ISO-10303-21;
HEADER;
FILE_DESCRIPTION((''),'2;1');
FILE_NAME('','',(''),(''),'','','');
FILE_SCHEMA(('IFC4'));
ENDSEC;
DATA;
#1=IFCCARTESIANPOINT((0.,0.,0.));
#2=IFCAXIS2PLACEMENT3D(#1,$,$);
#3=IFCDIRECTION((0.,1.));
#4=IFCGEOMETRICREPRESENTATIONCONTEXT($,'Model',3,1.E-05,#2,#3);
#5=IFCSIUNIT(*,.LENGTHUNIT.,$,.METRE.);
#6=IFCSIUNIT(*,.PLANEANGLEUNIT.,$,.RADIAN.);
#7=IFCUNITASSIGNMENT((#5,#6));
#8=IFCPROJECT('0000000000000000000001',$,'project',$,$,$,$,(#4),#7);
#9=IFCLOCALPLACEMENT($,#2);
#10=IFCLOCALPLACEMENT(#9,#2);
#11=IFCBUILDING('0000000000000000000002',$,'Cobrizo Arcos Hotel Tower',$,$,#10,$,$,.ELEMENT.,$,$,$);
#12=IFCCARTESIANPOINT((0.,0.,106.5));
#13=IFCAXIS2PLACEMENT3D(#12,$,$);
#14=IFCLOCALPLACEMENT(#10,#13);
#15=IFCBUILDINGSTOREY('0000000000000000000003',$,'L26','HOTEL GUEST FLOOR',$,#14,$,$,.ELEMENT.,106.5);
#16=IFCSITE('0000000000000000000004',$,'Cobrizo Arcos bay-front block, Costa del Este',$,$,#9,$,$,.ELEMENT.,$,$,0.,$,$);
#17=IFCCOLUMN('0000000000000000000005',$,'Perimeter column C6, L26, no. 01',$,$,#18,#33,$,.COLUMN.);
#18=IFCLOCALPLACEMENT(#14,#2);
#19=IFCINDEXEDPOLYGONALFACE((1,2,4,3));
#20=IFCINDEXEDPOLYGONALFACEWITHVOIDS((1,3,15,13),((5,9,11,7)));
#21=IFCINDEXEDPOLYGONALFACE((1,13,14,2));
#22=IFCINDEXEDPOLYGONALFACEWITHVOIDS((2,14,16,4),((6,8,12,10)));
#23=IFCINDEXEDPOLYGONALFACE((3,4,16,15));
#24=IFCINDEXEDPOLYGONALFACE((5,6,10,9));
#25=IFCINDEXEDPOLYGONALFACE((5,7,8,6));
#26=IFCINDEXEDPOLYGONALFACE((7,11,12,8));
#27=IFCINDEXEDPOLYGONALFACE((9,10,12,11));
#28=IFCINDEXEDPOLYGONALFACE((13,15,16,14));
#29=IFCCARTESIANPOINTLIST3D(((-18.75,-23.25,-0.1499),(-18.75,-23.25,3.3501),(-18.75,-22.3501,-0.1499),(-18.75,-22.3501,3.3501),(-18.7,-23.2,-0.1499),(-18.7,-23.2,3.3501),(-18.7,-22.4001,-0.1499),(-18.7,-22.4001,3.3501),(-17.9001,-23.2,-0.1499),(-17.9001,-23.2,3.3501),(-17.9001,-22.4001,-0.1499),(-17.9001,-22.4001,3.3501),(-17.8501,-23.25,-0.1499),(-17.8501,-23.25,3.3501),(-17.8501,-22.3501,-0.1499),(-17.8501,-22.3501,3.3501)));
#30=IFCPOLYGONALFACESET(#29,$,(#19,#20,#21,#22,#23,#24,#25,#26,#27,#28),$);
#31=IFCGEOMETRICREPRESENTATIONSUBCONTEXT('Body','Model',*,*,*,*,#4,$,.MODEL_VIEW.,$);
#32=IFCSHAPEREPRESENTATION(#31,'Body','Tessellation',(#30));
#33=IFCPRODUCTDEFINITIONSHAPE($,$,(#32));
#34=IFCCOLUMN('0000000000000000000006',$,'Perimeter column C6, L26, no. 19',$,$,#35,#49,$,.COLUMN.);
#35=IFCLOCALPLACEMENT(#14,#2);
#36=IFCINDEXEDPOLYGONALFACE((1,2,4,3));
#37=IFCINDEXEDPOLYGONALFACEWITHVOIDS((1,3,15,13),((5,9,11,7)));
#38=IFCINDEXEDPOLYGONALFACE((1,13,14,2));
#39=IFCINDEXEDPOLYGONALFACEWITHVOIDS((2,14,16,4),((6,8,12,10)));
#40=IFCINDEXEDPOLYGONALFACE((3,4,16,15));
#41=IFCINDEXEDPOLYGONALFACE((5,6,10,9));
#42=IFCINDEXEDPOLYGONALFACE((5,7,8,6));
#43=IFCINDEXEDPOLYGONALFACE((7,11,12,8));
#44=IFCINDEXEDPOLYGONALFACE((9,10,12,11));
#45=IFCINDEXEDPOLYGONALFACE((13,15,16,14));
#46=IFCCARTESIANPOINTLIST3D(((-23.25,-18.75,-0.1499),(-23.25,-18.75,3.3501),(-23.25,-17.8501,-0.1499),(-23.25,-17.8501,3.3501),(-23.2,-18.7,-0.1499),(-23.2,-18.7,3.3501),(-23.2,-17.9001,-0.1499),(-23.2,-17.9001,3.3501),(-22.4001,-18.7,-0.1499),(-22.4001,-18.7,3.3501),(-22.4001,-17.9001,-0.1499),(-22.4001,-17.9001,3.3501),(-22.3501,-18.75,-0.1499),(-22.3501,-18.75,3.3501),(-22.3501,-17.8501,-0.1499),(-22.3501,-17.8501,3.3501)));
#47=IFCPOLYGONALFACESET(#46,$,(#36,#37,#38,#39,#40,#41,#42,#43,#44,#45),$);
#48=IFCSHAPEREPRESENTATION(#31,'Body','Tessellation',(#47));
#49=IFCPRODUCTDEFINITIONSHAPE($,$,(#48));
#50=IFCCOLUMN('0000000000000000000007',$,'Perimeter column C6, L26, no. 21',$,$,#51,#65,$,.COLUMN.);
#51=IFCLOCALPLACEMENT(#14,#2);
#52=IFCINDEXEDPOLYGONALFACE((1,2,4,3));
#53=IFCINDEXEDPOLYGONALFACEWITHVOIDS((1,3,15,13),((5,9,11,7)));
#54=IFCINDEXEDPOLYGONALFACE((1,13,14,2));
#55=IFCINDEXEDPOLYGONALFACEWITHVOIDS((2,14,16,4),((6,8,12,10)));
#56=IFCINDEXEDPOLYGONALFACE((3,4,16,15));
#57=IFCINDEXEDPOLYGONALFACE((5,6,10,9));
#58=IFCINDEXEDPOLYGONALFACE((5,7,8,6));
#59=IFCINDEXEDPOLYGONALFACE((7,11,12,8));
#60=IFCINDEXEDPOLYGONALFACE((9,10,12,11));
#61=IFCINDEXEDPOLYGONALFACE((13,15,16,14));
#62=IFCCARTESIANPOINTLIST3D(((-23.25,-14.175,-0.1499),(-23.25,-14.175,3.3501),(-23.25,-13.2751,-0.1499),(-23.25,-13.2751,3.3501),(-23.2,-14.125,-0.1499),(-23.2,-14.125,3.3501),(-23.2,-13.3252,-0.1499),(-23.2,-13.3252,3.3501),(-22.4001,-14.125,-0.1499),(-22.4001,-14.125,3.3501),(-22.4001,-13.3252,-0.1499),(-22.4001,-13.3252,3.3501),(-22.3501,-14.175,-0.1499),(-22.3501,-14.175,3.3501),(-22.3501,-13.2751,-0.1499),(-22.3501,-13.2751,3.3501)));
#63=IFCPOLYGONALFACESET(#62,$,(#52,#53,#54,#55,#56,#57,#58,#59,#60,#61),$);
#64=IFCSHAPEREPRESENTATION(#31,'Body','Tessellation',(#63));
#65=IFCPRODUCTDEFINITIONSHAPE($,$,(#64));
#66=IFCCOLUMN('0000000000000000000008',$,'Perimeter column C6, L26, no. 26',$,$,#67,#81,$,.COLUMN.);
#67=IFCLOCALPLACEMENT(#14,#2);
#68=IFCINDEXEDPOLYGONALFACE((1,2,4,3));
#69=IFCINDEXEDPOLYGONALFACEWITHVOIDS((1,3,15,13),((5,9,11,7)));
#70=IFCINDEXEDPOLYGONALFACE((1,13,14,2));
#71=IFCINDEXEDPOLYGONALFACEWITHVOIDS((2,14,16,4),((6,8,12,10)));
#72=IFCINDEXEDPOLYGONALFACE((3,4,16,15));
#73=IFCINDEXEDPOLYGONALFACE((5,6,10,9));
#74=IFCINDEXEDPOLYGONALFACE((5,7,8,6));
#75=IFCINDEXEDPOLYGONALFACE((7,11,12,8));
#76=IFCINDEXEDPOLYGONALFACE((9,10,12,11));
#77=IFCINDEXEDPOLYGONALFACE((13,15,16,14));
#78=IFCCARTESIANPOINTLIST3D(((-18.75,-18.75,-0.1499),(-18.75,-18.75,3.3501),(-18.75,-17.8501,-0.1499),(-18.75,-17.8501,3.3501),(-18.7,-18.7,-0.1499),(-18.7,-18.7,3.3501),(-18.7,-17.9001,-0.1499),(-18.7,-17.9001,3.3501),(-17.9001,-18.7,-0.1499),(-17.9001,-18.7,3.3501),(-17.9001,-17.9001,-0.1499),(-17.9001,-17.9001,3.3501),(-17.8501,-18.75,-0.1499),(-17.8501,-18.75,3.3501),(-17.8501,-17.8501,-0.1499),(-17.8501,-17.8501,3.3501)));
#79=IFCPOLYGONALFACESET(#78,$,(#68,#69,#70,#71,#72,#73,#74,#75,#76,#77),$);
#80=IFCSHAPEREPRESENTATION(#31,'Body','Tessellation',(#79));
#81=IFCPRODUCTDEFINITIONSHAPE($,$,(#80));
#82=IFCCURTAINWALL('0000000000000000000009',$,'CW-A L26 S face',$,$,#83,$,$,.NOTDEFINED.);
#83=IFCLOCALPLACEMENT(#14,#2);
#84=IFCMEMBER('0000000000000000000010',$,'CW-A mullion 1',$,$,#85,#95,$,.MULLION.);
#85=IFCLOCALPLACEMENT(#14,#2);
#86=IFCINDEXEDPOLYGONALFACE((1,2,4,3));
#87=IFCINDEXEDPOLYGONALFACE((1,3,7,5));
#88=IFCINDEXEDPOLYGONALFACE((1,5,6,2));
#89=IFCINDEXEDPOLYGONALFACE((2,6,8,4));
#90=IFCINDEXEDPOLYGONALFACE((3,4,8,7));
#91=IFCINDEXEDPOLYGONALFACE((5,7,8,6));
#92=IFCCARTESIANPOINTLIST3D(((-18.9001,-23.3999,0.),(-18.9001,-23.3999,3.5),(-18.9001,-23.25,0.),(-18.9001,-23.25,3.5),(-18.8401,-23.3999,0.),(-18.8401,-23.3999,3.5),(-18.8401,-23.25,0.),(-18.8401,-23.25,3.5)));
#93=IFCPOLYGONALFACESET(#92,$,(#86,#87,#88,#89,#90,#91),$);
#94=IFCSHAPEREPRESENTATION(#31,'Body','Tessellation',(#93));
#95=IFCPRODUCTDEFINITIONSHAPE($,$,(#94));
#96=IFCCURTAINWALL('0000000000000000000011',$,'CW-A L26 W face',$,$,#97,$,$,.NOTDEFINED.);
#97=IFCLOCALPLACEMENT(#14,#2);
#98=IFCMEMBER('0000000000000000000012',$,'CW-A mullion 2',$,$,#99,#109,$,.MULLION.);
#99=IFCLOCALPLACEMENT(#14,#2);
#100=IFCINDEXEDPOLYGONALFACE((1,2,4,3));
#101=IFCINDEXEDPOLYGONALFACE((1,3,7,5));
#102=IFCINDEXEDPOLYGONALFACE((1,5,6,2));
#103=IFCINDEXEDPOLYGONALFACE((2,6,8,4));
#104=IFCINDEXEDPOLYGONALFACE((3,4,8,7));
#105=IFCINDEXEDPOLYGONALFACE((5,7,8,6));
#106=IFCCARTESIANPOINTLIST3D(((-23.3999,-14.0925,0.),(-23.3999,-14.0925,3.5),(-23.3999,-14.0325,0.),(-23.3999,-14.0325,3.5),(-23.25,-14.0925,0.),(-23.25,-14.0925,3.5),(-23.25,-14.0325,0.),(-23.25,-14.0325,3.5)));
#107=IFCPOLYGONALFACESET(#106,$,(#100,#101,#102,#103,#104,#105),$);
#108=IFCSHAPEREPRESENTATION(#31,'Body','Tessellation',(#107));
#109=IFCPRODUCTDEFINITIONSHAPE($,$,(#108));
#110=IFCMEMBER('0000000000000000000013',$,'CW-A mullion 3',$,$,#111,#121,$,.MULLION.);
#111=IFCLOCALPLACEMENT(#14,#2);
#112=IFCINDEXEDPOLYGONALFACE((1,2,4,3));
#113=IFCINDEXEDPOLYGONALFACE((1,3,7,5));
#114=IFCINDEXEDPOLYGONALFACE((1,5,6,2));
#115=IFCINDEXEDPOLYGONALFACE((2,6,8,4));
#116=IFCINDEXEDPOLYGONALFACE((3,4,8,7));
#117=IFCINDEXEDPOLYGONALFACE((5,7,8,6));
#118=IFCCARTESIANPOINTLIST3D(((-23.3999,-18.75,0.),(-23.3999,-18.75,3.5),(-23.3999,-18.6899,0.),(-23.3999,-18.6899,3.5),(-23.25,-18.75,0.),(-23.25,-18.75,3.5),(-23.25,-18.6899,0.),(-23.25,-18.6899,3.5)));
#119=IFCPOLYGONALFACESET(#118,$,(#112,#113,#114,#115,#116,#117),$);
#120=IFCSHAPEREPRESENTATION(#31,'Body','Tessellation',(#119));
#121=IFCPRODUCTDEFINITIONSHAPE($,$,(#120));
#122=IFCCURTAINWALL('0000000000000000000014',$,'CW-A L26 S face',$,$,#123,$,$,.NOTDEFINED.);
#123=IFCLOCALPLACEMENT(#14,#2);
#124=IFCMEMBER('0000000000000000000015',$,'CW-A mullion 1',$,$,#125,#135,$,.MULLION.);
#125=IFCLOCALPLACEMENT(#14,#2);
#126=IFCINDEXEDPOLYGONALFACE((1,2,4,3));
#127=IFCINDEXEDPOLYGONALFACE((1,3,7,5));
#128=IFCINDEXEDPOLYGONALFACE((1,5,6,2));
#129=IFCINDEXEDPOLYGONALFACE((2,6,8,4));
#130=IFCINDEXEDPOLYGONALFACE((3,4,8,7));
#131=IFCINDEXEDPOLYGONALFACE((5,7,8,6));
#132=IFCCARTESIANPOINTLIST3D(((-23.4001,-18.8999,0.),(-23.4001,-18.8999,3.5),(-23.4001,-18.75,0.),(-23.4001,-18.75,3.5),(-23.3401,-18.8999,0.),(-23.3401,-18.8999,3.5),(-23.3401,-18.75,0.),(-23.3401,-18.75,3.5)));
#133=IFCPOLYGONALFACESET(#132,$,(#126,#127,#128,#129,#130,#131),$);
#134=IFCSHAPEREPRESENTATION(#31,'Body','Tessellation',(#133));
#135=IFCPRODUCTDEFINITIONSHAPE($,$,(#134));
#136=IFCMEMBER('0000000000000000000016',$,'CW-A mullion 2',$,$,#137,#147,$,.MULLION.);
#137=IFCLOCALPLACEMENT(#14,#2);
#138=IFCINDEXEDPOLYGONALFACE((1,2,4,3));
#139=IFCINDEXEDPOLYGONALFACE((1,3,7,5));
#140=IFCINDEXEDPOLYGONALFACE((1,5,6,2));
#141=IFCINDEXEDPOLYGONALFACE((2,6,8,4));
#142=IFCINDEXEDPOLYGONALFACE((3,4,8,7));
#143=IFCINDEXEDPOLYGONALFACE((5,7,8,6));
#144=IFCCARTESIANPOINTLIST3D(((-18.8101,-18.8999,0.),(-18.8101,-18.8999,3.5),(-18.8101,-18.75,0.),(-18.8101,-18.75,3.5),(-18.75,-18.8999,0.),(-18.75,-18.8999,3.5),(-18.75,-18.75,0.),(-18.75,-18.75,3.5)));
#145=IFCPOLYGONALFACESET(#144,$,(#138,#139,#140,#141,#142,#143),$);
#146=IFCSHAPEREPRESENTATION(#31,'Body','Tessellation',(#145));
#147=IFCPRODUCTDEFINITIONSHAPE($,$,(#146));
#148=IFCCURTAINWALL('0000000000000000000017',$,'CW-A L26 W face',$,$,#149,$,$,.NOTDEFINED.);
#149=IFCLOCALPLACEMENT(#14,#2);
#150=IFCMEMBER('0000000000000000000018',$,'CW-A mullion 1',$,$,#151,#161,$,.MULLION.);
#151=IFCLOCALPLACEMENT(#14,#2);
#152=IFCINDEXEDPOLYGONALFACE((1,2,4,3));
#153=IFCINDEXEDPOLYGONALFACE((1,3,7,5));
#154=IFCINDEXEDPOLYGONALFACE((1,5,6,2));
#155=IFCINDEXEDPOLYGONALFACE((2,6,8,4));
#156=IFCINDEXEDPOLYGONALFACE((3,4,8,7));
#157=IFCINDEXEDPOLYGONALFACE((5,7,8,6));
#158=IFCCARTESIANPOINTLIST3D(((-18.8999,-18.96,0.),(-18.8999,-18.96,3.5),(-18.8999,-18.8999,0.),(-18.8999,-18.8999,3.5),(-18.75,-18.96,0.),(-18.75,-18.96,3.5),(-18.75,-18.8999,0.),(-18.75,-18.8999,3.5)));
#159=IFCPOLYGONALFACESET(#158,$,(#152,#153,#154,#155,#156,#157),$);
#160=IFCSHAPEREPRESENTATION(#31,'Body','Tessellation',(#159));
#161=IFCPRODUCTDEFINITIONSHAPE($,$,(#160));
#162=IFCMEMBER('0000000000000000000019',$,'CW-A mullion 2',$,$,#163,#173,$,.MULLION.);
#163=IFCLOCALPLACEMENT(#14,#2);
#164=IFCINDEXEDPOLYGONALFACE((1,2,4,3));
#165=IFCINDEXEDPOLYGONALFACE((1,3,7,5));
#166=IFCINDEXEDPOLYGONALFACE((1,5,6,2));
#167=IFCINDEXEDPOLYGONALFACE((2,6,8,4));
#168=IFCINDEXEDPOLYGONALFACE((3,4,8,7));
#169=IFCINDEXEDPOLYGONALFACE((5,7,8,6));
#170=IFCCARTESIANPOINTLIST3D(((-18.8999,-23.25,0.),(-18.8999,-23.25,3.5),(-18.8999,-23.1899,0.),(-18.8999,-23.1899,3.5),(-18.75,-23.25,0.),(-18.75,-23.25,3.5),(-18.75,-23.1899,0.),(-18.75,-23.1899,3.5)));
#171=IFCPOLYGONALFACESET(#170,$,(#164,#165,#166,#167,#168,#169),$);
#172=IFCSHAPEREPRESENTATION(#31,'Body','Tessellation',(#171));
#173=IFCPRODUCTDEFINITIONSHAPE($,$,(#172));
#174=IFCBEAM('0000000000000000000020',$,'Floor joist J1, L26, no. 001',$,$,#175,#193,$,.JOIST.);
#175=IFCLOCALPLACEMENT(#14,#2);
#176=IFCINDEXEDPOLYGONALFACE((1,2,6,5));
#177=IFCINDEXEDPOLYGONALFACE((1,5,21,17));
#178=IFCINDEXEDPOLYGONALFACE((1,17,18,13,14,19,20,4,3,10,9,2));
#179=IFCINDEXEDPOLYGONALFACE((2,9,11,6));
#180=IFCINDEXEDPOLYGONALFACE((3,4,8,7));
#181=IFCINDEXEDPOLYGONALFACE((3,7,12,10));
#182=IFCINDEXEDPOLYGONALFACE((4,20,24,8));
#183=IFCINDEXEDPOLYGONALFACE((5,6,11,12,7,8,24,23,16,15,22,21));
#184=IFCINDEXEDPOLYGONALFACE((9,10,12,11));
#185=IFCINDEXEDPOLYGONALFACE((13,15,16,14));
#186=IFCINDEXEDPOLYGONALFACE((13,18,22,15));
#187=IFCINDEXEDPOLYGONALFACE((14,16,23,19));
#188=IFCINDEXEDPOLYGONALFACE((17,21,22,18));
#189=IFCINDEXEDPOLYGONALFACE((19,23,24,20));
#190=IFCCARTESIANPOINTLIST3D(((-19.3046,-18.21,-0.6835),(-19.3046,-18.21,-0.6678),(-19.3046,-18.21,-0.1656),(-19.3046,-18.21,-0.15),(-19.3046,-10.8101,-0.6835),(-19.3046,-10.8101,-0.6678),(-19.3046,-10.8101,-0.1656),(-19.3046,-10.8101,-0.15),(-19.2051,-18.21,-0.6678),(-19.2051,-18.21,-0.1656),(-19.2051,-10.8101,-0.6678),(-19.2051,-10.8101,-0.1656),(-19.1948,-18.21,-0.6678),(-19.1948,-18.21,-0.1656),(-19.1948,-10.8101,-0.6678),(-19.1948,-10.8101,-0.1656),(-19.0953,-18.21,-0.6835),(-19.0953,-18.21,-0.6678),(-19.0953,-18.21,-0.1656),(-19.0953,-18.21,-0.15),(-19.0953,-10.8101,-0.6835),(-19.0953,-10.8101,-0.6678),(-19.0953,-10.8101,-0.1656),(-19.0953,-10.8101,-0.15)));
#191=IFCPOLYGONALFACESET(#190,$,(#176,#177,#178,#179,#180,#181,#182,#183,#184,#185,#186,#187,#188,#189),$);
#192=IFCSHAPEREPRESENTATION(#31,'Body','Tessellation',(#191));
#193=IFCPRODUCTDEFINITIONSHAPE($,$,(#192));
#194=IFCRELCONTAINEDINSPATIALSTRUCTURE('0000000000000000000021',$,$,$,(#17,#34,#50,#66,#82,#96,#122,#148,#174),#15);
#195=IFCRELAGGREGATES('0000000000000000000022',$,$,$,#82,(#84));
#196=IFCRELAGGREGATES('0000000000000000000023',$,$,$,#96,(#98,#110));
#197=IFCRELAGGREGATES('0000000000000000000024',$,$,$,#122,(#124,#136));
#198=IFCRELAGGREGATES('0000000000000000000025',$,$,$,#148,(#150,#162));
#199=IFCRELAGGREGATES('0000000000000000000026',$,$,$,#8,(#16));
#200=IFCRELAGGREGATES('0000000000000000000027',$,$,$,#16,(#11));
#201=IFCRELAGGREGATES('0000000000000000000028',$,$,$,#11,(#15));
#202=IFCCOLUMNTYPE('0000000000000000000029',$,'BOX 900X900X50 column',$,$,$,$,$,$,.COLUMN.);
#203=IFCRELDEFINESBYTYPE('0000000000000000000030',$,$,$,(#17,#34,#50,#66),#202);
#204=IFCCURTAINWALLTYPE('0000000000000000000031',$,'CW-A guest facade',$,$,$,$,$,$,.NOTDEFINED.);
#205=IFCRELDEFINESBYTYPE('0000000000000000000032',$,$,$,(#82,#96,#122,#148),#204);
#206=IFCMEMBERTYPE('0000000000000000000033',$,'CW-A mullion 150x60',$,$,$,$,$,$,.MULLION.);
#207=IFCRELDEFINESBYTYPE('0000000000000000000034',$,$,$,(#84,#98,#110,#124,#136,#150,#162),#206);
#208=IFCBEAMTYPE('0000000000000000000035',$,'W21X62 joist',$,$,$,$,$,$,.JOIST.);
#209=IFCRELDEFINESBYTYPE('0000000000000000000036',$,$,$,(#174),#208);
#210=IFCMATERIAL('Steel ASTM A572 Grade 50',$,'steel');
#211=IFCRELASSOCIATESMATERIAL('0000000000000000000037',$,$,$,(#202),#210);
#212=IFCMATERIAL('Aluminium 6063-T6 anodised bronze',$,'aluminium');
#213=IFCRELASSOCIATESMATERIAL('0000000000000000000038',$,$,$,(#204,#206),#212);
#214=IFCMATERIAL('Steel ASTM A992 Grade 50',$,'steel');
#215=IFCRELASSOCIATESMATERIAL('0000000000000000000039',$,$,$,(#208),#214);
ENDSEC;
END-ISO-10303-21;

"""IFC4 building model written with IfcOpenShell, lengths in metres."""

from ifc_helpers import new_model, si_unit, direction, frame, origin, origin_2d, place, context, subcontext, project, spatial, rectangle, hollow_rectangle, i_section, extrude, material, material_profile, profile_set, type_object, element, aggregate, save


model = new_model("IFC4")

# Units and contexts
model_context = context("Model", 3, precision=1e-05, world=origin(), true_north=direction((0.0, 1.0)))
body_context = subcontext(model_context, "Body", "Model", "MODEL_VIEW")
ifc_project = project(units=[si_unit("LENGTHUNIT", "METRE"), si_unit("PLANEANGLEUNIT", "RADIAN")], contexts=[model_context])

# Site, building, storey
site_placement = place(None, origin())
site = spatial("IfcSite", under=ifc_project, at=site_placement, Name="Cobrizo Arcos bay-front block, Costa del Este", CompositionType="ELEMENT", RefElevation=0.0)
building_placement = place(site_placement, origin())
building = spatial("IfcBuilding", under=site, at=building_placement, Name="Cobrizo Arcos Hotel Tower", CompositionType="ELEMENT")
storey_placement = place(building_placement, frame((0.0, 0.0, 106.5)))
storey = spatial("IfcBuildingStorey", under=building, at=storey_placement, Name="L26", Description="HOTEL GUEST FLOOR", CompositionType="ELEMENT", Elevation=106.5)

# Columns
ifc_material_1 = material(Name="Steel ASTM A572 Grade 50", Category="steel")
ifc_material_profile_1 = material_profile(ifc_material_1, hollow_rectangle(XDim=0.8999, YDim=0.8999, WallThickness=0.05, at=origin_2d()), Name="BOX 900X900X50")
ifc_profile_set_1 = profile_set([ifc_material_profile_1], Name="Steel ASTM A572 Grade 50")
column_type = type_object("IfcColumnType", Name="BOX 900X900X50 column", PredefinedType="COLUMN", material=ifc_profile_set_1)
for number, where, z_axis, x_axis, name in (
    (1, (-18.3, -22.8, -0.1499), (0.0, 0.0, 1.0), (1.0, 0.0, 0.0), "Perimeter column C6, L26, no. 01"),
    (2, (-22.8, -18.3, -0.1499), (0.0, 0.0, 1.0), (1.0, 0.0, 0.0), "Perimeter column C6, L26, no. 19"),
    (3, (-22.8, -13.7251, -0.1499), (0.0, 0.0, 1.0), (1.0, 0.0, 0.0), "Perimeter column C6, L26, no. 21"),
    (4, (-18.3, -18.3, -0.1499), (0.0, 0.0, 1.0), (1.0, 0.0, 0.0), "Perimeter column C6, L26, no. 26"),
):
    element("IfcColumn", number, at=place(storey_placement, frame(where, z_axis=z_axis, x_axis=x_axis)), inside=storey, type_object=column_type, Name=name, PredefinedType="COLUMN", context=body_context, shape_type="SweptSolid", body=[
        extrude(hollow_rectangle(XDim=0.8999, YDim=0.8999, WallThickness=0.05, at=origin_2d()), origin(), (0.0, 0.0, 1.0), 3.5),
    ])

# Curtain wall, member
ifc_material_2 = material(Name="Aluminium 6063-T6 anodised bronze", Category="aluminium")
curtain_wall_type = type_object("IfcCurtainWallType", Name="CW-A guest facade", PredefinedType="NOTDEFINED", material=ifc_material_2)
curtain_wall_1_placement = place(storey_placement, origin())
curtain_wall_1 = element("IfcCurtainWall", 5, at=curtain_wall_1_placement, inside=storey, type_object=curtain_wall_type, Name="CW-A L26 S face", PredefinedType="NOTDEFINED")
ifc_material_profile_2 = material_profile(ifc_material_2, rectangle(XDim=0.1499, YDim=0.0601, at=origin_2d()), Name="CW-A mullion 150x60")
ifc_profile_set_2 = profile_set([ifc_material_profile_2], Name="Aluminium 6063-T6 anodised bronze")
member_type = type_object("IfcMemberType", Name="CW-A mullion 150x60", PredefinedType="MULLION", material=ifc_profile_set_2)
member_1_placement = place(storey_placement, frame((-18.8701, -23.325, 0.0), z_axis=(0.0, 0.0, 1.0), x_axis=(0.0, -1.0, 0.0)))
member_1 = element("IfcMember", 6, at=member_1_placement, type_object=member_type, Name="CW-A mullion 1", PredefinedType="MULLION", context=body_context, shape_type="SweptSolid", body=[
    extrude(rectangle(XDim=0.1499, YDim=0.0601, at=origin_2d()), origin(), (0.0, 0.0, 1.0), 3.5),
])

# Curtain walls, members
curtain_wall_2_placement = place(storey_placement, origin())
curtain_wall_2 = element("IfcCurtainWall", 7, at=curtain_wall_2_placement, inside=storey, type_object=curtain_wall_type, Name="CW-A L26 W face", PredefinedType="NOTDEFINED")
member_2_placement = place(storey_placement, frame((-23.325, -14.0625, 0.0), z_axis=(0.0, 0.0, 1.0), x_axis=(-1.0, 0.0, 0.0)))
member_2 = element("IfcMember", 8, at=member_2_placement, type_object=member_type, Name="CW-A mullion 2", PredefinedType="MULLION", context=body_context, shape_type="SweptSolid", body=[
    extrude(rectangle(XDim=0.1499, YDim=0.0601, at=origin_2d()), origin(), (0.0, 0.0, 1.0), 3.5),
])
member_3_placement = place(storey_placement, frame((-23.325, -18.72, 0.0), z_axis=(0.0, 0.0, 1.0), x_axis=(-1.0, 0.0, 0.0)))
member_3 = element("IfcMember", 9, at=member_3_placement, type_object=member_type, Name="CW-A mullion 3", PredefinedType="MULLION", context=body_context, shape_type="SweptSolid", body=[
    extrude(rectangle(XDim=0.1499, YDim=0.0601, at=origin_2d()), origin(), (0.0, 0.0, 1.0), 3.5),
])
curtain_wall_3_placement = place(storey_placement, origin())
curtain_wall_3 = element("IfcCurtainWall", 10, at=curtain_wall_3_placement, inside=storey, type_object=curtain_wall_type, Name="CW-A L26 S face", PredefinedType="NOTDEFINED")
member_4_placement = place(storey_placement, frame((-23.3701, -18.825, 0.0), z_axis=(0.0, 0.0, 1.0), x_axis=(0.0, -1.0, 0.0)))
member_4 = element("IfcMember", 11, at=member_4_placement, type_object=member_type, Name="CW-A mullion 1", PredefinedType="MULLION", context=body_context, shape_type="SweptSolid", body=[
    extrude(rectangle(XDim=0.1499, YDim=0.0601, at=origin_2d()), origin(), (0.0, 0.0, 1.0), 3.5),
])
member_5_placement = place(storey_placement, frame((-18.78, -18.825, 0.0), z_axis=(0.0, 0.0, 1.0), x_axis=(0.0, -1.0, 0.0)))
member_5 = element("IfcMember", 12, at=member_5_placement, type_object=member_type, Name="CW-A mullion 2", PredefinedType="MULLION", context=body_context, shape_type="SweptSolid", body=[
    extrude(rectangle(XDim=0.1499, YDim=0.0601, at=origin_2d()), origin(), (0.0, 0.0, 1.0), 3.5),
])
curtain_wall_4_placement = place(storey_placement, origin())
curtain_wall_4 = element("IfcCurtainWall", 13, at=curtain_wall_4_placement, inside=storey, type_object=curtain_wall_type, Name="CW-A L26 W face", PredefinedType="NOTDEFINED")
member_6_placement = place(storey_placement, frame((-18.825, -18.9299, 0.0), z_axis=(0.0, 0.0, 1.0), x_axis=(-1.0, 0.0, 0.0)))
member_6 = element("IfcMember", 14, at=member_6_placement, type_object=member_type, Name="CW-A mullion 1", PredefinedType="MULLION", context=body_context, shape_type="SweptSolid", body=[
    extrude(rectangle(XDim=0.1499, YDim=0.0601, at=origin_2d()), origin(), (0.0, 0.0, 1.0), 3.5),
])
member_7_placement = place(storey_placement, frame((-18.825, -23.22, 0.0), z_axis=(0.0, 0.0, 1.0), x_axis=(-1.0, 0.0, 0.0)))
member_7 = element("IfcMember", 15, at=member_7_placement, type_object=member_type, Name="CW-A mullion 2", PredefinedType="MULLION", context=body_context, shape_type="SweptSolid", body=[
    extrude(rectangle(XDim=0.1499, YDim=0.0601, at=origin_2d()), origin(), (0.0, 0.0, 1.0), 3.5),
])

# Beam
ifc_material_3 = material(Name="Steel ASTM A992 Grade 50", Category="steel")
ifc_material_profile_3 = material_profile(ifc_material_3, i_section(OverallWidth=0.2092, OverallDepth=0.5334, WebThickness=0.0103, FlangeThickness=0.0156, at=origin_2d()), Name="W21X62")
ifc_profile_set_3 = profile_set([ifc_material_profile_3], Name="Steel ASTM A992 Grade 50")
beam_type_1 = type_object("IfcBeamType", Name="W21X62 joist", PredefinedType="JOIST", material=ifc_profile_set_3)
beam_placement = place(storey_placement, frame((-19.2, -18.21, -0.4167), z_axis=(0.0, 1.0, 0.0), x_axis=(-1.0, 0.0, 0.0)))
element("IfcBeam", 16, at=beam_placement, inside=storey, type_object=beam_type_1, Name="Floor joist J1, L26, no. 001", PredefinedType="JOIST", context=body_context, shape_type="SweptSolid", body=[
    extrude(i_section(OverallWidth=0.2092, OverallDepth=0.5334, WebThickness=0.0103, FlangeThickness=0.0156, at=origin_2d()), origin(), (0.0, 0.0, 1.0), 7.3999),
])

aggregate(curtain_wall_1, [member_1])
aggregate(curtain_wall_2, [member_2, member_3])
aggregate(curtain_wall_3, [member_4, member_5])
aggregate(curtain_wall_4, [member_6, member_7])

save(model, "model.ifc")
